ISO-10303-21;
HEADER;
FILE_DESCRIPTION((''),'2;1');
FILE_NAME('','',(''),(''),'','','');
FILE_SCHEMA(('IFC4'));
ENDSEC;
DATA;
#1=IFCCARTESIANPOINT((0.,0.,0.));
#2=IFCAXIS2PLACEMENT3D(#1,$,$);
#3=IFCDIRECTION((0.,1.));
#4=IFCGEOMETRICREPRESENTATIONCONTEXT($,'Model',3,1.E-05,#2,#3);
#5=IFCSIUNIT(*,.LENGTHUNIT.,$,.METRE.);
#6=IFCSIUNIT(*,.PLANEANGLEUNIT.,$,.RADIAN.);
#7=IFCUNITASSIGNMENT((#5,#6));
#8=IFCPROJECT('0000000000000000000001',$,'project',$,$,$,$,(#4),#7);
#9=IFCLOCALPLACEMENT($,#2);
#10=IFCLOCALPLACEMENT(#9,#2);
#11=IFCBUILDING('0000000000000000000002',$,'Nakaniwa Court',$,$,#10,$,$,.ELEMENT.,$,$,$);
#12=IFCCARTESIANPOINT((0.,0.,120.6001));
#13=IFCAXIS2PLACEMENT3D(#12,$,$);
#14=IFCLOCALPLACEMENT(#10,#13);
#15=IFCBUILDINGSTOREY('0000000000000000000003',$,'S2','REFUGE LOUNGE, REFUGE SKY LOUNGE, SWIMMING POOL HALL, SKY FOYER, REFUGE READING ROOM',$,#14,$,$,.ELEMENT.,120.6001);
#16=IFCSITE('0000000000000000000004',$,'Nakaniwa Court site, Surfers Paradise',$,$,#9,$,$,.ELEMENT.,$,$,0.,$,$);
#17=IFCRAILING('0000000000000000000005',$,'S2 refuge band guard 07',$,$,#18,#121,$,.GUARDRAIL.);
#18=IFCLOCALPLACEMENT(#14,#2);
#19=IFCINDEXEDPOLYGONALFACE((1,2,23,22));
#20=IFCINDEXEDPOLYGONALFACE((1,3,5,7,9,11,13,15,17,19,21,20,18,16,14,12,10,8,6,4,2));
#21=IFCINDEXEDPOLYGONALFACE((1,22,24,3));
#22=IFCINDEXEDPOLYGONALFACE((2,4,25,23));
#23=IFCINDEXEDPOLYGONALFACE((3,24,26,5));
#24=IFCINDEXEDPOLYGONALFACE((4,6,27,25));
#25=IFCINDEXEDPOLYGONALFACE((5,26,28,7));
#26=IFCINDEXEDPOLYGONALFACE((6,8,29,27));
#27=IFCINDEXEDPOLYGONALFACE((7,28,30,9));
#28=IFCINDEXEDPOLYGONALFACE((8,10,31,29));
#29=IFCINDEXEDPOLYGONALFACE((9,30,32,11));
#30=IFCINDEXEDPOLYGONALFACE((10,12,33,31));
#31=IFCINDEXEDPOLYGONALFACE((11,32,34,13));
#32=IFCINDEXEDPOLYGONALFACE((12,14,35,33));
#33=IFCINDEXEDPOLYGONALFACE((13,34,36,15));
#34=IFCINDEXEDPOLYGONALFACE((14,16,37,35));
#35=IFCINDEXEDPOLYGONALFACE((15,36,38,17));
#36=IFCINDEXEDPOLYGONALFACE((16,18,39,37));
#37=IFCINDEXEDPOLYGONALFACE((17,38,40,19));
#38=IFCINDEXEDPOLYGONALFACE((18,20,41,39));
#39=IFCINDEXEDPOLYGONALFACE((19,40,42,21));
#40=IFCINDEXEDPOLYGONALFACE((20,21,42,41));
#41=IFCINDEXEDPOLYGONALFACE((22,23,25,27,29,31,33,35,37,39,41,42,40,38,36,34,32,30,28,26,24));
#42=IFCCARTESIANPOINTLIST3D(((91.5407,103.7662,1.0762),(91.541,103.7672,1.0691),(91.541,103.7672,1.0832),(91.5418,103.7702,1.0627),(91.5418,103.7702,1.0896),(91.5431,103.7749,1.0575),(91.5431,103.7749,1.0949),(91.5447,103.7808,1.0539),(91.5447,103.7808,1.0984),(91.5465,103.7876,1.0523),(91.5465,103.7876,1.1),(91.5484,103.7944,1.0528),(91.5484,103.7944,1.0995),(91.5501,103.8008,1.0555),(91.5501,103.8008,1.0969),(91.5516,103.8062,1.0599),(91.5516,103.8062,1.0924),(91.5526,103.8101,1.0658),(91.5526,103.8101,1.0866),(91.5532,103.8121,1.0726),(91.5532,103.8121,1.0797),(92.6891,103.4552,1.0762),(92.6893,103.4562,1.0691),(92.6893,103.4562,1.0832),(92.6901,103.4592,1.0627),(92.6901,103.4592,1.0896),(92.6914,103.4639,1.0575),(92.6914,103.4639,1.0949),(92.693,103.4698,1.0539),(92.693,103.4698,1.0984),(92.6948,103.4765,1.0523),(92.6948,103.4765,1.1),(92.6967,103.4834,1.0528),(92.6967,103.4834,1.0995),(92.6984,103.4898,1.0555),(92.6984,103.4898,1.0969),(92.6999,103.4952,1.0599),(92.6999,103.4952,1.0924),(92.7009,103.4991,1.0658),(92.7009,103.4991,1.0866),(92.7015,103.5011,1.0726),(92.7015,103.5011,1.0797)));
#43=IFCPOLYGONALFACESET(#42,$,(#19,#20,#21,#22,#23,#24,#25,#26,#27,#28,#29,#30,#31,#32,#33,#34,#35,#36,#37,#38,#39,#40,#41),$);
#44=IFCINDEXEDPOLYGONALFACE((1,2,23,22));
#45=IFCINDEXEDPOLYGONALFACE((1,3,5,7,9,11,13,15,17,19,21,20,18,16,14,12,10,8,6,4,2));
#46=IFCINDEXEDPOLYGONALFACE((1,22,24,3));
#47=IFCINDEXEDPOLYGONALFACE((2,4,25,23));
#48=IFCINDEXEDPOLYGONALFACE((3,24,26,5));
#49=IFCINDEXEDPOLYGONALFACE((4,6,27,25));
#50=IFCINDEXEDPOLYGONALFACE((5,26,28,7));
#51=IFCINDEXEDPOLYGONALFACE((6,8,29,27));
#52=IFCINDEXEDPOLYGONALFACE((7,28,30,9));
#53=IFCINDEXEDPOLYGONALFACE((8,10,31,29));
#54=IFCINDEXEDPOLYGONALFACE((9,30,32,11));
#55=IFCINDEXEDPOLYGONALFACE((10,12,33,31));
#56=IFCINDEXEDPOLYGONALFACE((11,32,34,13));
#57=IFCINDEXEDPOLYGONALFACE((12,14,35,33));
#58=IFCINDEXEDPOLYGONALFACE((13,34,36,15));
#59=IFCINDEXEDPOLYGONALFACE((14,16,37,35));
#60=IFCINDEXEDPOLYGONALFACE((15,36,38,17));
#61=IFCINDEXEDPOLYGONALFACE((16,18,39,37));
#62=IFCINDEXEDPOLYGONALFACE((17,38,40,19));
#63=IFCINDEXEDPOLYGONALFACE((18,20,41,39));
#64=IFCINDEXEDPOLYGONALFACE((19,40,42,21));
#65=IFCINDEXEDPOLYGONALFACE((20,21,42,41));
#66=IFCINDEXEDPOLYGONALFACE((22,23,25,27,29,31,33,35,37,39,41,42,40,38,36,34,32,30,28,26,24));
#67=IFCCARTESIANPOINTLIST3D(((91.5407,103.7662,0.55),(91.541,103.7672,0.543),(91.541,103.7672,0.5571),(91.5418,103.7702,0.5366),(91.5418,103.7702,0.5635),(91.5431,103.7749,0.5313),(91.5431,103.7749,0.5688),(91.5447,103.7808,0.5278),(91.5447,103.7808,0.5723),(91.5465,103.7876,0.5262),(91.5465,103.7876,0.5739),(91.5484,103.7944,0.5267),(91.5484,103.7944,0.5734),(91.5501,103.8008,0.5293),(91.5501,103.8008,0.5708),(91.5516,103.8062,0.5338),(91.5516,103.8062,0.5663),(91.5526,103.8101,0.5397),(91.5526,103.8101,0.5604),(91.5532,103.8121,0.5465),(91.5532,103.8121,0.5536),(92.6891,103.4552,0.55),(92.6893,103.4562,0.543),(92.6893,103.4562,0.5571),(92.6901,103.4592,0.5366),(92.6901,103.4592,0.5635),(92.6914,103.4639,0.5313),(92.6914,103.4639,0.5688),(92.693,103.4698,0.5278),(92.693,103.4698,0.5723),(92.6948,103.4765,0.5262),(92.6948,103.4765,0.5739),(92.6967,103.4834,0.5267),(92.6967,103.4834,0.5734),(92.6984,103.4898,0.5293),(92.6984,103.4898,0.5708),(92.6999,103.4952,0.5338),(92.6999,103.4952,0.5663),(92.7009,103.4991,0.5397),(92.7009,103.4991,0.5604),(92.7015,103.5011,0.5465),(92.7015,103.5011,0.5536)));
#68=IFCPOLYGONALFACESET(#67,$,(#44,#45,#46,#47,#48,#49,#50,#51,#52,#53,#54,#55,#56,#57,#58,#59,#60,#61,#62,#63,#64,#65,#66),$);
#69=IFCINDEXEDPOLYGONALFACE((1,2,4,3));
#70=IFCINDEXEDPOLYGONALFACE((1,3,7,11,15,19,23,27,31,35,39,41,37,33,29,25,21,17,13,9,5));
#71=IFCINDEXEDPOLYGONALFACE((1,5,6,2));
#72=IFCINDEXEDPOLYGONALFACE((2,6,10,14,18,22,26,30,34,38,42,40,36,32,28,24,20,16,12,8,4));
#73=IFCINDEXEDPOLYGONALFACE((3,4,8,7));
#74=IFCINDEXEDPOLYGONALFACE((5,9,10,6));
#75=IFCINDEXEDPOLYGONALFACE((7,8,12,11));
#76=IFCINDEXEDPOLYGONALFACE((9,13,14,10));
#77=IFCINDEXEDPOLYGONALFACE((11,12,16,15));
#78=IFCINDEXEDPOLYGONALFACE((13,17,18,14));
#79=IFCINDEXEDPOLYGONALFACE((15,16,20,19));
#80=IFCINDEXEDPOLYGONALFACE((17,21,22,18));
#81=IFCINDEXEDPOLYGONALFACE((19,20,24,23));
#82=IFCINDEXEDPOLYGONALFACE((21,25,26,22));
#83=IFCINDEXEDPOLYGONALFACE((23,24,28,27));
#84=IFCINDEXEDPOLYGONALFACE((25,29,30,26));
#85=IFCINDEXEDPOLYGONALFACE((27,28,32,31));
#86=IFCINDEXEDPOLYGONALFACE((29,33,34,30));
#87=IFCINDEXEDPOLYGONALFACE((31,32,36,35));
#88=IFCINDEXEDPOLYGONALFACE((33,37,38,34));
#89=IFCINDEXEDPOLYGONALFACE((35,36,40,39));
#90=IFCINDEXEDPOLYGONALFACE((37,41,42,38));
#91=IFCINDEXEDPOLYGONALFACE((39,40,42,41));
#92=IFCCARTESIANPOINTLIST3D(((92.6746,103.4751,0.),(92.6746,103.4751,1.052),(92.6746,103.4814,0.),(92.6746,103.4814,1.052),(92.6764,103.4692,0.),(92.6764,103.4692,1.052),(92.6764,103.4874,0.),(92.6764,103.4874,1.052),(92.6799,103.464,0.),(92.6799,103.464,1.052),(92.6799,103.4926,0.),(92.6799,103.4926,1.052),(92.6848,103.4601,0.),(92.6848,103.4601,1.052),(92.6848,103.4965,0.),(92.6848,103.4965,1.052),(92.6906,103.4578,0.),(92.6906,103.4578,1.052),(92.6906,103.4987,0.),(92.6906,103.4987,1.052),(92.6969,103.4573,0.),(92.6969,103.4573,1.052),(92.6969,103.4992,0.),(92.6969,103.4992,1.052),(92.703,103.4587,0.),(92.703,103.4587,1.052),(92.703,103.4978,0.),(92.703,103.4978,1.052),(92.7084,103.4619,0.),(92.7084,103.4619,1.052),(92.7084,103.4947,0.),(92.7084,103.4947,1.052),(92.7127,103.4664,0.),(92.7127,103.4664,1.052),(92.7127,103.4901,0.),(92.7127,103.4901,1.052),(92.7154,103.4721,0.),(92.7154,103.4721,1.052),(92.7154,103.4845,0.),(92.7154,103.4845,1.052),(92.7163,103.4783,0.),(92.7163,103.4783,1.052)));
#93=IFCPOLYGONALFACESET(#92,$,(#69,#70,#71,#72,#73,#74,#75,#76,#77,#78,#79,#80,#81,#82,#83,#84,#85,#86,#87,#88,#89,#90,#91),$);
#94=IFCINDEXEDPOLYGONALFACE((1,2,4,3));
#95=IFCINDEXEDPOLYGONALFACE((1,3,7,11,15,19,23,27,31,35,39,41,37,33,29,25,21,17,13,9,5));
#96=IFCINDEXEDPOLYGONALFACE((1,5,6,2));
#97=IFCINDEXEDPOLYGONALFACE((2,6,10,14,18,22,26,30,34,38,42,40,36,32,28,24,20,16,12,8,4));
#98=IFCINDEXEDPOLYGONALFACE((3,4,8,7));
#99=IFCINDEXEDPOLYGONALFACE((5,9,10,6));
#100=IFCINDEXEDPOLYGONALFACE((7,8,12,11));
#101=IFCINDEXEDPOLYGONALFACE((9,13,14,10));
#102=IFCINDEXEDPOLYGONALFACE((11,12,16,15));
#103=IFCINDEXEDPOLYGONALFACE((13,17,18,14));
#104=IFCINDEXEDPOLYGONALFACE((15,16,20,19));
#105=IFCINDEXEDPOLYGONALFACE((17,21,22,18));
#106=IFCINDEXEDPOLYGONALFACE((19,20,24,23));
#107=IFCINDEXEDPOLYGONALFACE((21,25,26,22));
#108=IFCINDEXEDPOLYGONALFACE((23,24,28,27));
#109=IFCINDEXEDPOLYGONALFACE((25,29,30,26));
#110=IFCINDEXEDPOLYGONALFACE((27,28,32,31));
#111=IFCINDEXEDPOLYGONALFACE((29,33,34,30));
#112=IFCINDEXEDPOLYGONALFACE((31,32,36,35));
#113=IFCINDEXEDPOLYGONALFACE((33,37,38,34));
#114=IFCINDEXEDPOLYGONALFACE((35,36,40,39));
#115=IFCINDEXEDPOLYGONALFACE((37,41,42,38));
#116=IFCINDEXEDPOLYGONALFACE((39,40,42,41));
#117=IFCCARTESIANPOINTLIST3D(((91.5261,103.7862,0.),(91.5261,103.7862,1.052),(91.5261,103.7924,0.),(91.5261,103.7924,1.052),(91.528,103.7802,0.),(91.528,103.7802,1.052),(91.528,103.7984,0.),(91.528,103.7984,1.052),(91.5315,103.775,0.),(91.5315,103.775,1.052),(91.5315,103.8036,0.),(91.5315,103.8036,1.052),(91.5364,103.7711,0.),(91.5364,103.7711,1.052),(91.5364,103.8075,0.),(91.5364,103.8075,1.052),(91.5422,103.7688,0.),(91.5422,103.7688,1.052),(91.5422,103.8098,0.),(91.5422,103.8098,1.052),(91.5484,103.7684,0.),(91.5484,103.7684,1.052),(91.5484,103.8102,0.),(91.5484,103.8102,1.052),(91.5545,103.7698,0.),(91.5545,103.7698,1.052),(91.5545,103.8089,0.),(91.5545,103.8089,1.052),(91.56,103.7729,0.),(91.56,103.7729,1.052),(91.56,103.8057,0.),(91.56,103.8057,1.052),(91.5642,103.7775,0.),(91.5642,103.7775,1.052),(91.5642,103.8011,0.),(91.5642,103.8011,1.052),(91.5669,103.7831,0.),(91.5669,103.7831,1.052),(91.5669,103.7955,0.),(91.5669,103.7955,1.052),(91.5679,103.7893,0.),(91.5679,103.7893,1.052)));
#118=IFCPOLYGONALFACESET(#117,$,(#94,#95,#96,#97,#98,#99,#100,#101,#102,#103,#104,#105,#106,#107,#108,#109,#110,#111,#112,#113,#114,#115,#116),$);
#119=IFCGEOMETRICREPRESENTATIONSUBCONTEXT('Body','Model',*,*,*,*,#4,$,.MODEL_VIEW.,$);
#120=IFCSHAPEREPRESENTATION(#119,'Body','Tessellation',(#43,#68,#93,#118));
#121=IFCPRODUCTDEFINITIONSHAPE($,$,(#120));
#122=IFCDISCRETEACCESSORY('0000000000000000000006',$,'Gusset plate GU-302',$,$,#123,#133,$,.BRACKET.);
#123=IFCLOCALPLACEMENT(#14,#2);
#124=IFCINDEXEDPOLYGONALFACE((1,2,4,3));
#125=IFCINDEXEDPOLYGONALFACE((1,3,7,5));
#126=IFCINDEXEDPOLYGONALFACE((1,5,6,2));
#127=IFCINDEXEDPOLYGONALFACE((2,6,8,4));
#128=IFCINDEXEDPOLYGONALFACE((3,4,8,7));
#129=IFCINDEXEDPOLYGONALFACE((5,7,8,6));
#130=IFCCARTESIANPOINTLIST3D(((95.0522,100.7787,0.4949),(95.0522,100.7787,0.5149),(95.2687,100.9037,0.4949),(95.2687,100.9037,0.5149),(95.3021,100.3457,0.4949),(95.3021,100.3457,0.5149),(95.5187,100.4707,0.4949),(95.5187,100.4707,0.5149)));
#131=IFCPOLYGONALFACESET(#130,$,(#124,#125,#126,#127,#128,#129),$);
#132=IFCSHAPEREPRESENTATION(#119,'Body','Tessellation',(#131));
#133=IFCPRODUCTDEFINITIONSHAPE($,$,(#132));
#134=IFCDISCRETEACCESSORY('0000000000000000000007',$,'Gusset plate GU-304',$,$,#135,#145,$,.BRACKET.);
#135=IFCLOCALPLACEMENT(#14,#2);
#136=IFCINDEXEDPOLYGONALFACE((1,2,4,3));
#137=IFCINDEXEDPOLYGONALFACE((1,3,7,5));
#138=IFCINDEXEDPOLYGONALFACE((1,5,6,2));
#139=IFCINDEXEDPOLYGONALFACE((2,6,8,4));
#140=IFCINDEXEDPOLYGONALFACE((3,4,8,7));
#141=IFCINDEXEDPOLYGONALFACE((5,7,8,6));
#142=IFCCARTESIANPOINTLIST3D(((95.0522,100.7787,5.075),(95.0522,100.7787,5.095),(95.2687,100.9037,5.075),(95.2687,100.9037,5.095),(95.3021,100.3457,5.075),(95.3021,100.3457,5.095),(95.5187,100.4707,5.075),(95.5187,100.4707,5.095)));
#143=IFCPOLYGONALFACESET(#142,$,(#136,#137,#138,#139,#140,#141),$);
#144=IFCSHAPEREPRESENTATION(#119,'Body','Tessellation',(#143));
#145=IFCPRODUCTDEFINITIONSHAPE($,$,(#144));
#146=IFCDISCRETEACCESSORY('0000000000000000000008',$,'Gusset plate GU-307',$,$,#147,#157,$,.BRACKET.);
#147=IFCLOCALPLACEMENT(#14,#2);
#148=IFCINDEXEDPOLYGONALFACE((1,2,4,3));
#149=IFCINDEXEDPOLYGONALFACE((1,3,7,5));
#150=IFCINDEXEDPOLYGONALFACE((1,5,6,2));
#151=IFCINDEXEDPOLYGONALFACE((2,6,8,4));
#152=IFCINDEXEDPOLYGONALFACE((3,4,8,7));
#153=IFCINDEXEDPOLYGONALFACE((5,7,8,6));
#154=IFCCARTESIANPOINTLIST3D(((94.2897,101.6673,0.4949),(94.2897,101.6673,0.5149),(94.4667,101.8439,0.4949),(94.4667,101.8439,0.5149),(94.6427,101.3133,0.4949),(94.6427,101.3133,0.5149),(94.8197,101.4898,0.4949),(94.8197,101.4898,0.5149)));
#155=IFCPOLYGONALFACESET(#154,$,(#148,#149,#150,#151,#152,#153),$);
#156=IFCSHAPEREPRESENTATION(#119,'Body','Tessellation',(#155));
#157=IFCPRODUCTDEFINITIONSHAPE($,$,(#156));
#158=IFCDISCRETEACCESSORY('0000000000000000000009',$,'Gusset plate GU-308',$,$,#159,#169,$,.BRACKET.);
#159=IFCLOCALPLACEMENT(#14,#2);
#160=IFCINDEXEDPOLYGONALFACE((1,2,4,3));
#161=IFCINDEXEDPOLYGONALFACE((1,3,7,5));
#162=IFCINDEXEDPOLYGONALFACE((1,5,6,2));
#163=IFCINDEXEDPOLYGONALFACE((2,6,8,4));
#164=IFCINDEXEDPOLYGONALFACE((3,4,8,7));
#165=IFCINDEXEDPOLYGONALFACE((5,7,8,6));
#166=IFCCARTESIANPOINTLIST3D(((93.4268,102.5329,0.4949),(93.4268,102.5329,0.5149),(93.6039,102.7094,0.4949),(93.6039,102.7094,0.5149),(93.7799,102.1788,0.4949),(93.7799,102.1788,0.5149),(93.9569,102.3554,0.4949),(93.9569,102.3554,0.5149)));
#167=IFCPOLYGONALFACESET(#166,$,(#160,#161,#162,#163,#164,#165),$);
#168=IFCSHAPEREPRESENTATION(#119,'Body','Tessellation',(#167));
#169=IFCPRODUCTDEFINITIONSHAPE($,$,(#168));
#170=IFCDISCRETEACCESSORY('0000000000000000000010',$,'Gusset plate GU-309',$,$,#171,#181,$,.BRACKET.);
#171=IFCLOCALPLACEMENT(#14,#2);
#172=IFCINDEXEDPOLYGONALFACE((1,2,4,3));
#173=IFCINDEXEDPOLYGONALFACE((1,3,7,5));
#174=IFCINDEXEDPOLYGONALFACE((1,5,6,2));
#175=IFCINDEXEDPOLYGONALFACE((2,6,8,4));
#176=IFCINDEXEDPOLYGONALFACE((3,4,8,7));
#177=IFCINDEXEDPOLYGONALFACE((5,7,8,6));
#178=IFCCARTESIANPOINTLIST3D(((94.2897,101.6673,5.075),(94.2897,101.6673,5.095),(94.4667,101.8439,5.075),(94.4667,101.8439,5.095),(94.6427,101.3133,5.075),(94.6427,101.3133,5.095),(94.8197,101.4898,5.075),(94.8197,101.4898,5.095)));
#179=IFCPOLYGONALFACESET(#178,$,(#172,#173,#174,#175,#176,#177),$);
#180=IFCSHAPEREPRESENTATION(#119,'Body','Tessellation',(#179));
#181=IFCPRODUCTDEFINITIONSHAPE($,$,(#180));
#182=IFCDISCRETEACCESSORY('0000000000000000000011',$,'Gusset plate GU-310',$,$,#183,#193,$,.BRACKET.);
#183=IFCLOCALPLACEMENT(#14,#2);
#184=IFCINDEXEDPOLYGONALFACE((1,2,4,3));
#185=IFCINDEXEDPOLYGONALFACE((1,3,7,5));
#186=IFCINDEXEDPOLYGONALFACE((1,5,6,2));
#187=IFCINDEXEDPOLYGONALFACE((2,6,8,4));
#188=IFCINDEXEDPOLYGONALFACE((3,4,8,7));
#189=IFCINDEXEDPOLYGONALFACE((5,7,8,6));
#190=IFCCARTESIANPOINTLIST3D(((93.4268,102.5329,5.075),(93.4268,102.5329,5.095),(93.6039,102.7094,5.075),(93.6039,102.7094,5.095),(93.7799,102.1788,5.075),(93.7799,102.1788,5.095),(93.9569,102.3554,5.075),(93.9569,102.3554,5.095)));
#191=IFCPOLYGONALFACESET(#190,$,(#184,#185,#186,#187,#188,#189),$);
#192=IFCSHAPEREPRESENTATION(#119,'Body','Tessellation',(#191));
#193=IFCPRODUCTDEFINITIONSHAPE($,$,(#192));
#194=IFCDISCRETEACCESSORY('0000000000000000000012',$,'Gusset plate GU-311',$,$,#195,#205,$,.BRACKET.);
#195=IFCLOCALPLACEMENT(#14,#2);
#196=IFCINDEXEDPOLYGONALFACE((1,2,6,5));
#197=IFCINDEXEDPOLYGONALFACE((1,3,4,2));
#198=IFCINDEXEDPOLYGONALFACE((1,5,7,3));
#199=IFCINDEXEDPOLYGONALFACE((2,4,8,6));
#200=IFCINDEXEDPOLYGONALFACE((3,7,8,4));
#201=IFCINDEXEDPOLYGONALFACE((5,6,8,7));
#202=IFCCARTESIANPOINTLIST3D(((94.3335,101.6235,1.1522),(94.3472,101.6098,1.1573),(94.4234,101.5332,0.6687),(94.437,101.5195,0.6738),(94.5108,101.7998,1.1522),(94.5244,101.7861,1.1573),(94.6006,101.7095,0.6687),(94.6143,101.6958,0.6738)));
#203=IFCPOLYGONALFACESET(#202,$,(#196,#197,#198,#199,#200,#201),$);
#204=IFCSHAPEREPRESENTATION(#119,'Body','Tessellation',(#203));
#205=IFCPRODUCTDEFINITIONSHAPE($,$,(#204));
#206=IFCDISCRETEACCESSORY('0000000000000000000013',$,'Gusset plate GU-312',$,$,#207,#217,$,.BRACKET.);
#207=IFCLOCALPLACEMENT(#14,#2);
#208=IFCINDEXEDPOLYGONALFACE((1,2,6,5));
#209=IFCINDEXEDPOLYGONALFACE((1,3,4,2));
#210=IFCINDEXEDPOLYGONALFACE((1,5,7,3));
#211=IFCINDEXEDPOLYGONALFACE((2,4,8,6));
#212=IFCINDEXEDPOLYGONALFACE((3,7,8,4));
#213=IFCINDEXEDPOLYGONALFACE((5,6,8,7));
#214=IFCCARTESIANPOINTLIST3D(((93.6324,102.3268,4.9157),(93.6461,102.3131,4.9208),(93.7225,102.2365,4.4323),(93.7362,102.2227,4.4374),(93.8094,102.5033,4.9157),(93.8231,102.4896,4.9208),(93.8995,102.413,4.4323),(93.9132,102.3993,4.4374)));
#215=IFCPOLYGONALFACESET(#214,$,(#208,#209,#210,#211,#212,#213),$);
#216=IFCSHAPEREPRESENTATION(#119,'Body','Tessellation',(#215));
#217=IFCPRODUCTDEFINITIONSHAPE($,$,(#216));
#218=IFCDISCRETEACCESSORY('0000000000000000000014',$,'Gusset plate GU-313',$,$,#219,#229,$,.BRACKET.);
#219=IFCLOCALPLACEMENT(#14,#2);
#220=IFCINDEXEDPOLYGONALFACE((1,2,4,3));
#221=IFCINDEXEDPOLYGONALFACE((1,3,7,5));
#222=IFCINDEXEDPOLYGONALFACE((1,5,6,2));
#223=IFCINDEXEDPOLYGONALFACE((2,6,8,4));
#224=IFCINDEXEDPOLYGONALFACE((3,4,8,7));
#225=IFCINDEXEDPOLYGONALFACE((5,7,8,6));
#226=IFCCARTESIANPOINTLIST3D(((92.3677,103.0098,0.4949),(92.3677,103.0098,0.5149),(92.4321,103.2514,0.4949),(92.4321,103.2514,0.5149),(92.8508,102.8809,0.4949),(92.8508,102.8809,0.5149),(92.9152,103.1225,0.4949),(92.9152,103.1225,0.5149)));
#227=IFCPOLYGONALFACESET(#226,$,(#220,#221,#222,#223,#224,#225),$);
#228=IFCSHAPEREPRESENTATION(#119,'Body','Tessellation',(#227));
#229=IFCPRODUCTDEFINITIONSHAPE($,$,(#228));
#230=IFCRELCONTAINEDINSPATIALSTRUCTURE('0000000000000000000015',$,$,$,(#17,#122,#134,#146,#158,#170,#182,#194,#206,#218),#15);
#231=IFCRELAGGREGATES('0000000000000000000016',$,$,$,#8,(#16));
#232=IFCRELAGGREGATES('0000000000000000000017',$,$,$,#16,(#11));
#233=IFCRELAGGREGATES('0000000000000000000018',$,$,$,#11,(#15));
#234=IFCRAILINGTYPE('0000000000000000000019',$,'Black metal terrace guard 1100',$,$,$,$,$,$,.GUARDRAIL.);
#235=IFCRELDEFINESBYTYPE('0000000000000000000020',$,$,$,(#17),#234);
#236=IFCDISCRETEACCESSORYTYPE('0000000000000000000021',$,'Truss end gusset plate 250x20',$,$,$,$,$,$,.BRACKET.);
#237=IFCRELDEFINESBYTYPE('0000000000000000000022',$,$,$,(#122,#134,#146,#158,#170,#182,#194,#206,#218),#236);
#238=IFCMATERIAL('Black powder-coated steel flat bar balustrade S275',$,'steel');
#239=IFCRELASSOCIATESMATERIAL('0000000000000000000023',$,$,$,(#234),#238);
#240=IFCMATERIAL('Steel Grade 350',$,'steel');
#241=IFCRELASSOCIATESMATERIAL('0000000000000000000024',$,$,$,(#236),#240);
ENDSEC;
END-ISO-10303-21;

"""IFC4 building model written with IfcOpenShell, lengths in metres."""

from ifc_helpers import new_model, si_unit, direction, frame, origin, origin_2d, place, context, subcontext, project, spatial, rectangle, circle, extrude, material, material_profile, profile_set, type_object, element, save


model = new_model("IFC4")

# Units and contexts
model_context = context("Model", 3, precision=1e-05, world=origin(), true_north=direction((0.0, 1.0)))
body_context = subcontext(model_context, "Body", "Model", "MODEL_VIEW")
ifc_project = project(units=[si_unit("LENGTHUNIT", "METRE"), si_unit("PLANEANGLEUNIT", "RADIAN")], contexts=[model_context])

# Site, building, storey
site_placement = place(None, origin())
site = spatial("IfcSite", under=ifc_project, at=site_placement, Name="Nakaniwa Court site, Surfers Paradise", CompositionType="ELEMENT", RefElevation=0.0)
building_placement = place(site_placement, origin())
building = spatial("IfcBuilding", under=site, at=building_placement, Name="Nakaniwa Court", CompositionType="ELEMENT")
storey_placement = place(building_placement, frame((0.0, 0.0, 120.6001)))
storey = spatial("IfcBuildingStorey", under=building, at=storey_placement, Name="S2", Description="REFUGE LOUNGE, REFUGE SKY LOUNGE, SWIMMING POOL HALL, SKY FOYER, REFUGE READING ROOM", CompositionType="ELEMENT", Elevation=120.6001)

# Shared definitions
ifc_material_1 = material(Name="Steel Grade 350", Category="steel")

# Railing
ifc_material_2 = material(Name="Black powder-coated steel flat bar balustrade S275", Category="steel")
railing_type = type_object("IfcRailingType", Name="Black metal terrace guard 1100", PredefinedType="GUARDRAIL", material=ifc_material_2)
railing_1_placement = place(storey_placement, frame((92.6953, 103.4783, 0.0)))
element("IfcRailing", 1, at=railing_1_placement, inside=storey, type_object=railing_type, Name="S2 refuge band guard 07", PredefinedType="GUARDRAIL", context=body_context, shape_type="SweptSolid", body=[
    extrude(circle(Radius=0.0239, at=origin_2d()), frame((0.0, 0.0, 1.0762), z_axis=(-0.965226, 0.261415, 0.0), x_axis=(-0.261415, -0.965226, 0.0)), (0.0, 0.0, 1.0), 1.1897),
    extrude(circle(Radius=0.0239, at=origin_2d()), frame((0.0, 0.0, 0.55), z_axis=(-0.965226, 0.261415, 0.0), x_axis=(-0.261415, -0.965226, 0.0)), (0.0, 0.0, 1.0), 1.1897),
    extrude(circle(Radius=0.021, at=origin_2d()), origin(), (0.0, 0.0, 1.0), 1.052),
    extrude(circle(Radius=0.021, at=origin_2d()), frame((-1.1484, 0.311, 0.0)), (0.0, 0.0, 1.0), 1.052),
])

# Discrete accessories
ifc_material_profile_1 = material_profile(ifc_material_1, rectangle(XDim=0.25, YDim=0.02, at=origin_2d()), Name="Truss end gusset plate 250x20")
ifc_profile_set_1 = profile_set([ifc_material_profile_1], Name="Steel Grade 350")
discrete_accessory_type = type_object("IfcDiscreteAccessoryType", Name="Truss end gusset plate 250x20", PredefinedType="BRACKET", material=ifc_profile_set_1)
for number, where, z_axis, x_axis, name in (
    (2, (95.4104, 100.4082, 0.5049), (-0.49992, 0.866072, 0.0), (-0.866072, -0.49992, 0.0), "Gusset plate GU-302"),
    (3, (95.4104, 100.4082, 5.085), (-0.49992, 0.866072, 0.0), (-0.866072, -0.49992, 0.0), "Gusset plate GU-304"),
    (4, (94.3782, 101.7556, 0.5049), (0.706129, -0.708083, 0.0), (0.708083, 0.706129, 0.0), "Gusset plate GU-307"),
    (5, (93.8684, 102.2671, 0.5049), (-0.706129, 0.708083, 0.0), (-0.708083, -0.706129, 0.0), "Gusset plate GU-308"),
    (6, (94.3782, 101.7556, 5.085), (0.706129, -0.708083, 0.0), (0.708083, 0.706129, 0.0), "Gusset plate GU-309"),
    (7, (93.8684, 102.2671, 5.085), (-0.706129, 0.708083, 0.0), (-0.708083, -0.706129, 0.0), "Gusset plate GU-310"),
    (8, (94.429, 101.7048, 1.1548), (0.179721, -0.180698, -0.966979), (0.70902, 0.705188, 0.0), "Gusset plate GU-311"),
    (9, (93.8179, 102.3179, 4.4348), (-0.180194, 0.180682, 0.966894), (-0.708063, -0.706149, 0.0), "Gusset plate GU-312"),
    (10, (92.3999, 103.1306, 0.5049), (0.966203, -0.257784, 0.0), (0.257784, 0.966203, 0.0), "Gusset plate GU-313"),
):
    element("IfcDiscreteAccessory", number, at=place(storey_placement, frame(where, z_axis=z_axis, x_axis=x_axis)), inside=storey, type_object=discrete_accessory_type, Name=name, PredefinedType="BRACKET", context=body_context, shape_type="SweptSolid", body=[
        extrude(rectangle(XDim=0.25, YDim=0.02, at=origin_2d()), origin(), (0.0, 0.0, 1.0), 0.5),
    ])

save(model, "model.ifc")
